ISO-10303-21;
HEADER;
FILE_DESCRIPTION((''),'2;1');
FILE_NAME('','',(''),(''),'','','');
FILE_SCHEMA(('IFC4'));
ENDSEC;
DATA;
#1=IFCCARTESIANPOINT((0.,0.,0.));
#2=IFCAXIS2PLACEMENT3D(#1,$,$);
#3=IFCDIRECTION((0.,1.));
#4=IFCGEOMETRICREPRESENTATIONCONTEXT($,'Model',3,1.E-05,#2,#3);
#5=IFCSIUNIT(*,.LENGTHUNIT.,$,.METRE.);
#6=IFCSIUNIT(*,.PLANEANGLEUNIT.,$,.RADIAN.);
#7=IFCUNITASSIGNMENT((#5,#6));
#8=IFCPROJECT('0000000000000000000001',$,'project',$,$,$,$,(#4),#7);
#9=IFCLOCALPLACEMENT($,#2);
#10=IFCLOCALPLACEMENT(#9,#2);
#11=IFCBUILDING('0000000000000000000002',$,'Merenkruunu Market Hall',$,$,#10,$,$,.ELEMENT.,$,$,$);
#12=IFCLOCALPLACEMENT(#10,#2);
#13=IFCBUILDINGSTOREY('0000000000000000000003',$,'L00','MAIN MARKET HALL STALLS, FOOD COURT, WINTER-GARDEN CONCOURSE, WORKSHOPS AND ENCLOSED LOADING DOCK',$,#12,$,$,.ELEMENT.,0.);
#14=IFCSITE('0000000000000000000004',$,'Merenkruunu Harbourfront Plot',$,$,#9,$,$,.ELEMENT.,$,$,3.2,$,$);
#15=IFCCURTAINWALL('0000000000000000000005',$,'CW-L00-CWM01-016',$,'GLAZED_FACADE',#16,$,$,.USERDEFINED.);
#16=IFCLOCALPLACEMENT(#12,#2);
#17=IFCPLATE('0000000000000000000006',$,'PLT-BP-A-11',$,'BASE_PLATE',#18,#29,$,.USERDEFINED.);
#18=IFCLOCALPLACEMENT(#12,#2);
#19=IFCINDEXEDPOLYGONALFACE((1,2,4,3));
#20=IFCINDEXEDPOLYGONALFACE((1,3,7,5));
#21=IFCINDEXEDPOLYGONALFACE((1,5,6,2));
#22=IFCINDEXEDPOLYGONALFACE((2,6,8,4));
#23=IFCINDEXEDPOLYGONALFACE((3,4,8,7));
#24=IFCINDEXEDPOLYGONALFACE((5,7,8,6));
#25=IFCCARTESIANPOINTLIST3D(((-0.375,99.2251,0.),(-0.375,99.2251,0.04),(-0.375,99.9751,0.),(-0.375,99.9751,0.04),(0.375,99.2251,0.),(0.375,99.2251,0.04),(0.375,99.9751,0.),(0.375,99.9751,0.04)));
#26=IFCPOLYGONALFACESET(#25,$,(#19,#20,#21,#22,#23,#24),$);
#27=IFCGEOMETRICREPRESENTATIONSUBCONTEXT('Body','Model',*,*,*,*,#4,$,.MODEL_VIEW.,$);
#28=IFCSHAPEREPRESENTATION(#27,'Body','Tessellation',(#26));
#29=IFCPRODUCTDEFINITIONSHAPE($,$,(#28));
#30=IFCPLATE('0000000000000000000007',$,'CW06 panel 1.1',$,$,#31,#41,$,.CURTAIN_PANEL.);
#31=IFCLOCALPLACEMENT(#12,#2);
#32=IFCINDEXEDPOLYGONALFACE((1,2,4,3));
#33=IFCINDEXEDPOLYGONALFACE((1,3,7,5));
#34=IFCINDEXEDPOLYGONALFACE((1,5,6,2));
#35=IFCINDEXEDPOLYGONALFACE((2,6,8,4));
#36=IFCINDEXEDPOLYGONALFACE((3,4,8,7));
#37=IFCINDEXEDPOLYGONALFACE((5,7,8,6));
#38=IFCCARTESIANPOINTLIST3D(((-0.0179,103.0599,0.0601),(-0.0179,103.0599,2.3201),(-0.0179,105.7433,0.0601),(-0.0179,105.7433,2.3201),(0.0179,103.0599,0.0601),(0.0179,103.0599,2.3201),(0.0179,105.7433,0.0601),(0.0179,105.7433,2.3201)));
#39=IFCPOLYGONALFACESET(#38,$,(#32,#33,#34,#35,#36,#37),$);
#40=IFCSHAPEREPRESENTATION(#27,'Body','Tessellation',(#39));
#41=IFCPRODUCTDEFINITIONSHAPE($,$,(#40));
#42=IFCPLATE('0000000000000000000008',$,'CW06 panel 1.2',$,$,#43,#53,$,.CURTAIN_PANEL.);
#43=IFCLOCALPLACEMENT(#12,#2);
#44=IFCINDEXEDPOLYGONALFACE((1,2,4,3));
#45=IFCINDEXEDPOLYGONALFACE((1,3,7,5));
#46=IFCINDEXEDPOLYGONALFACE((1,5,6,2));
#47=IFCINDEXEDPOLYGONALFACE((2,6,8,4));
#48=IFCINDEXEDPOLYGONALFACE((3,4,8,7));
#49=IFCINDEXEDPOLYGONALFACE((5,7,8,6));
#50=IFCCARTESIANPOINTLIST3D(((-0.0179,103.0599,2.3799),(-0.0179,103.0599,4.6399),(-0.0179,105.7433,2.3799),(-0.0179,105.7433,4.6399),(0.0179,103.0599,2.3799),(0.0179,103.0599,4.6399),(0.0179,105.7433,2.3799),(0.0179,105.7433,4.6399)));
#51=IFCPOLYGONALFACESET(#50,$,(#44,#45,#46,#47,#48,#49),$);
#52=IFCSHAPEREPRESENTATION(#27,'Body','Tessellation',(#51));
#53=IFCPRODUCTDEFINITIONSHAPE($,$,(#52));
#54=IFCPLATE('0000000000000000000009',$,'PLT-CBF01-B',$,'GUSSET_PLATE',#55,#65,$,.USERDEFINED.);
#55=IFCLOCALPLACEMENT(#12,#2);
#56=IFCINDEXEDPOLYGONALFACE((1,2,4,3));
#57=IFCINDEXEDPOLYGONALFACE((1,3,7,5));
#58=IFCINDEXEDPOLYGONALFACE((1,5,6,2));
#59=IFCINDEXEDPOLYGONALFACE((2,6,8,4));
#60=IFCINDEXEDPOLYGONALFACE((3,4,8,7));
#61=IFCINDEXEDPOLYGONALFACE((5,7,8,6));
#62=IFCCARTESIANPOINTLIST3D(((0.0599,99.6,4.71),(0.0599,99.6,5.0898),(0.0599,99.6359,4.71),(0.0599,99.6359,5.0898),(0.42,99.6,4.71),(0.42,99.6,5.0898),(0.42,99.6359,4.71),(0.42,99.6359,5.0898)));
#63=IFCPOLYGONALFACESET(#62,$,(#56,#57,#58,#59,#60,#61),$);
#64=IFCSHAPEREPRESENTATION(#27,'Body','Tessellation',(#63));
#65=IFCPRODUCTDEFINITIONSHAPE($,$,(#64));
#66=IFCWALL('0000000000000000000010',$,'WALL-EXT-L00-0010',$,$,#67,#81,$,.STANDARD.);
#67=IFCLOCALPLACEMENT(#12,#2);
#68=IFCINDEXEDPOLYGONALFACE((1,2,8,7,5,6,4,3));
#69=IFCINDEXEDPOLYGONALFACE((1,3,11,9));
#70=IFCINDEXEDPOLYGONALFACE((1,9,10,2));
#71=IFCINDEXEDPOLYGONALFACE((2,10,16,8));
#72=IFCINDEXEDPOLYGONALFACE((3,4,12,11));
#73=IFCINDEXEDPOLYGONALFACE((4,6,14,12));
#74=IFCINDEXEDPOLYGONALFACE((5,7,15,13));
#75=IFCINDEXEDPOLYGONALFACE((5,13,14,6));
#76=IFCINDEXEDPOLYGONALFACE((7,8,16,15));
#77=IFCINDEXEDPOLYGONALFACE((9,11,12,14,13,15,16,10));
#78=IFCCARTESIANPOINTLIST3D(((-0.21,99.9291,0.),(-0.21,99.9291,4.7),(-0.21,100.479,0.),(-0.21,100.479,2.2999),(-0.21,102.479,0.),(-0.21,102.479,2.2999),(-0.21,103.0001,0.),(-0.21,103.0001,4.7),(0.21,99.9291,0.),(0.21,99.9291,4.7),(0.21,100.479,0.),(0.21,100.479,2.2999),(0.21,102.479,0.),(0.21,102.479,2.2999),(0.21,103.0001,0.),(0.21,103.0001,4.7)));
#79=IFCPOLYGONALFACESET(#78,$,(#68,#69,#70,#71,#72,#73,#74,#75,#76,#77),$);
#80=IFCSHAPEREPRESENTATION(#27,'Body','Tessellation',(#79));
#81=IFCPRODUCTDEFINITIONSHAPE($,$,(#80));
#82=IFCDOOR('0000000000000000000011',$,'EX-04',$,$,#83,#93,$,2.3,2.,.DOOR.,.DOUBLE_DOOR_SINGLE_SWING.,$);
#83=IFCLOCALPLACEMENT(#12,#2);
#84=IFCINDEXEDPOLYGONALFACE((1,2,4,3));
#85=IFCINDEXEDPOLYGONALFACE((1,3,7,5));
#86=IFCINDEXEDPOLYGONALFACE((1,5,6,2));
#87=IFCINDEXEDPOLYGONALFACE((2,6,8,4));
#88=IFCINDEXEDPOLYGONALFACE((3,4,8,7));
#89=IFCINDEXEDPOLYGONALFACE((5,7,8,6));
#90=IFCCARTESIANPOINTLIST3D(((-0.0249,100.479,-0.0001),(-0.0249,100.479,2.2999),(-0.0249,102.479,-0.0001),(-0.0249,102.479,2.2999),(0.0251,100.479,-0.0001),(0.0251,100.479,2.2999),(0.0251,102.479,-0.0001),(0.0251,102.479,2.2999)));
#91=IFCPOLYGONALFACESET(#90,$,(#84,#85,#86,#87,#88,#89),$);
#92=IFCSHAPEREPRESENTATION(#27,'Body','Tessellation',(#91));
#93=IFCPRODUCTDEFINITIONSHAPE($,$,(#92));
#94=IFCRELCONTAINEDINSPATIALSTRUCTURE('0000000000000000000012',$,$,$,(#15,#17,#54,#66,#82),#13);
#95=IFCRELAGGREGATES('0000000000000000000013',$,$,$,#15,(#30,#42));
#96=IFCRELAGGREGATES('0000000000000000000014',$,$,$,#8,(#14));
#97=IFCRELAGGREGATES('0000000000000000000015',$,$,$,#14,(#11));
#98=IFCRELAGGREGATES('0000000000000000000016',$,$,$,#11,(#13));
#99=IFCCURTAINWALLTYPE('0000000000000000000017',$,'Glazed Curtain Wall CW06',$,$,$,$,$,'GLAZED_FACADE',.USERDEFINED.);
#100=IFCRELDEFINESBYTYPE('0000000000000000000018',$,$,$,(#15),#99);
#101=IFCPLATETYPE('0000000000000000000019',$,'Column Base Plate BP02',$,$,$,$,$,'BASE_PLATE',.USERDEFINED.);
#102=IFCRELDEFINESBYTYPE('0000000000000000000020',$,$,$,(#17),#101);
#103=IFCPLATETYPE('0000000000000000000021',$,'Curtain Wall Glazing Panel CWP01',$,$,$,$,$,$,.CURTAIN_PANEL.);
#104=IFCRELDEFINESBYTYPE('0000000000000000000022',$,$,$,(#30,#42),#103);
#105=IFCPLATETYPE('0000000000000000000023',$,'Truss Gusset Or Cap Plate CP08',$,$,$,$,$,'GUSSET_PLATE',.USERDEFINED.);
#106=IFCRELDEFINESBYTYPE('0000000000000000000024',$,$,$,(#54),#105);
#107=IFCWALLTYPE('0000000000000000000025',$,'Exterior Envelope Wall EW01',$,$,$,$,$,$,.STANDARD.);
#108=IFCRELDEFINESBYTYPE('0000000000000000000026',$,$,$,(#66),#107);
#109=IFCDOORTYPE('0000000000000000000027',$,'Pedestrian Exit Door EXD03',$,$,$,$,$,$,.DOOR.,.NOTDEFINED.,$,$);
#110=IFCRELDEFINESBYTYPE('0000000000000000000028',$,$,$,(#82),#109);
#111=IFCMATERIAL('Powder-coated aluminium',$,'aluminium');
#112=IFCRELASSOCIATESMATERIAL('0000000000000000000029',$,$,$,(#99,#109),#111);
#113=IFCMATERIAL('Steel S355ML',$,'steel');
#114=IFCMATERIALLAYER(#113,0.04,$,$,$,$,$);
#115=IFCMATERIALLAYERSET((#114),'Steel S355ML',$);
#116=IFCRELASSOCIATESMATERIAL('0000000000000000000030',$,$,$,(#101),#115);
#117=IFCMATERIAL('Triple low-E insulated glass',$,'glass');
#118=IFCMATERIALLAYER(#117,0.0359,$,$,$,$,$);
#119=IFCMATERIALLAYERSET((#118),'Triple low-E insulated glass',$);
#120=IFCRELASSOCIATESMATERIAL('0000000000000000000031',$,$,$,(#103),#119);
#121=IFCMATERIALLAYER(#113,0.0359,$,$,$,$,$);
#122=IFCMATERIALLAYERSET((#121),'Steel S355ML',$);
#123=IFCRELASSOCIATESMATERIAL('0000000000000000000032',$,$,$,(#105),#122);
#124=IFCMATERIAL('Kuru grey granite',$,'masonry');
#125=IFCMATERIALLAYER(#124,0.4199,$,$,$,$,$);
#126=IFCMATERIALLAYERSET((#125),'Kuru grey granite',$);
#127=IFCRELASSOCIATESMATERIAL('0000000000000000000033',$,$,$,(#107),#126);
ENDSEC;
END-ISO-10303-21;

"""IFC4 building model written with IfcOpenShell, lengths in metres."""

from ifc_helpers import new_model, si_unit, direction, frame, frame_2d, origin, origin_2d, place, context, subcontext, project, spatial, rectangle, extrude, material, layer, layer_set, type_object, element, fill, aggregate, save


model = new_model("IFC4")

# Units and contexts
model_context = context("Model", 3, precision=1e-05, world=origin(), true_north=direction((0.0, 1.0)))
body_context = subcontext(model_context, "Body", "Model", "MODEL_VIEW")
ifc_project = project(units=[si_unit("LENGTHUNIT", "METRE"), si_unit("PLANEANGLEUNIT", "RADIAN")], contexts=[model_context])

# Site, building, storey
site_placement = place(None, origin())
site = spatial("IfcSite", under=ifc_project, at=site_placement, Name="Merenkruunu Harbourfront Plot", CompositionType="ELEMENT", RefElevation=3.2)
building_placement = place(site_placement, origin())
building = spatial("IfcBuilding", under=site, at=building_placement, Name="Merenkruunu Market Hall", CompositionType="ELEMENT")
storey_placement = place(building_placement, origin())
storey = spatial("IfcBuildingStorey", under=building, at=storey_placement, Name="L00", Description="MAIN MARKET HALL STALLS, FOOD COURT, WINTER-GARDEN CONCOURSE, WORKSHOPS AND ENCLOSED LOADING DOCK", CompositionType="ELEMENT", Elevation=0.0)

# Shared definitions
ifc_material_1 = material(Name="Steel S355ML", Category="steel")

# Curtain wall
ifc_material_2 = material(Name="Powder-coated aluminium", Category="aluminium")
curtain_wall_type = type_object("IfcCurtainWallType", Name="Glazed Curtain Wall CW06", ElementType="GLAZED_FACADE", PredefinedType="USERDEFINED", material=ifc_material_2)
curtain_wall_placement = place(storey_placement, origin())
curtain_wall = element("IfcCurtainWall", 1, at=curtain_wall_placement, inside=storey, type_object=curtain_wall_type, Name="CW-L00-CWM01-016", ObjectType="GLAZED_FACADE", PredefinedType="USERDEFINED")

# Plates
ifc_layer_1 = layer(ifc_material_1, 0.04)
ifc_layer_set_1 = layer_set([ifc_layer_1], Name="Steel S355ML")
plate_type_1 = type_object("IfcPlateType", Name="Column Base Plate BP02", ElementType="BASE_PLATE", PredefinedType="USERDEFINED", material=ifc_layer_set_1)
plate_1_placement = place(storey_placement, frame((0.0, 99.6001, 0.0), z_axis=(0.0, 0.0, 1.0), x_axis=(1.0, 0.0, 0.0)))
element("IfcPlate", 2, at=plate_1_placement, inside=storey, type_object=plate_type_1, Name="PLT-BP-A-11", ObjectType="BASE_PLATE", PredefinedType="USERDEFINED", context=body_context, shape_type="SweptSolid", body=[
    extrude(rectangle(XDim=0.75, YDim=0.75, at=origin_2d()), origin(), (0.0, 0.0, 1.0), 0.04),
])
ifc_material_3 = material(Name="Triple low-E insulated glass", Category="glass")
ifc_layer_2 = layer(ifc_material_3, 0.0359)
ifc_layer_set_2 = layer_set([ifc_layer_2], Name="Triple low-E insulated glass")
plate_type_2 = type_object("IfcPlateType", Name="Curtain Wall Glazing Panel CWP01", PredefinedType="CURTAIN_PANEL", material=ifc_layer_set_2)
plate_2_placement = place(storey_placement, frame((0.0, 104.4016, 0.0601), z_axis=(0.0, 0.0, 1.0), x_axis=(0.0, 1.0, 0.0)))
plate_2 = element("IfcPlate", 3, at=plate_2_placement, type_object=plate_type_2, Name="CW06 panel 1.1", PredefinedType="CURTAIN_PANEL", context=body_context, shape_type="SweptSolid", body=[
    extrude(rectangle(XDim=2.6833, YDim=0.0359, at=origin_2d()), origin(), (0.0, 0.0, 1.0), 2.26),
])
plate_3_placement = place(storey_placement, frame((0.0, 104.4016, 2.3799), z_axis=(0.0, 0.0, 1.0), x_axis=(0.0, 1.0, 0.0)))
plate_3 = element("IfcPlate", 4, at=plate_3_placement, type_object=plate_type_2, Name="CW06 panel 1.2", PredefinedType="CURTAIN_PANEL", context=body_context, shape_type="SweptSolid", body=[
    extrude(rectangle(XDim=2.6833, YDim=0.0359, at=origin_2d()), origin(), (0.0, 0.0, 1.0), 2.26),
])
aggregate(curtain_wall, [plate_2, plate_3])
ifc_layer_3 = layer(ifc_material_1, 0.0359)
ifc_layer_set_3 = layer_set([ifc_layer_3], Name="Steel S355ML")
plate_type_3 = type_object("IfcPlateType", Name="Truss Gusset Or Cap Plate CP08", ElementType="GUSSET_PLATE", PredefinedType="USERDEFINED", material=ifc_layer_set_3)
plate_4_placement = place(storey_placement, frame((0.24, 99.6179, 4.71), z_axis=(0.0, 0.0, 1.0), x_axis=(1.0, 0.0, 0.0)))
element("IfcPlate", 5, at=plate_4_placement, inside=storey, type_object=plate_type_3, Name="PLT-CBF01-B", ObjectType="GUSSET_PLATE", PredefinedType="USERDEFINED", context=body_context, shape_type="SweptSolid", body=[
    extrude(rectangle(XDim=0.3601, YDim=0.0359, at=origin_2d()), origin(), (0.0, 0.0, 1.0), 0.3799),
])

# Wall, opening, door
ifc_material_4 = material(Name="Kuru grey granite", Category="masonry")
ifc_layer_4 = layer(ifc_material_4, 0.4199)
ifc_layer_set_4 = layer_set([ifc_layer_4], Name="Kuru grey granite")
wall_type_1 = type_object("IfcWallType", Name="Exterior Envelope Wall EW01", PredefinedType="STANDARD", material=ifc_layer_set_4)
wall_1_placement = place(storey_placement, frame((0.0, 99.929, 0.0), z_axis=(0.0, 0.0, 1.0), x_axis=(0.0, 1.0, 0.0)))
wall_1 = element("IfcWall", 6, at=wall_1_placement, inside=storey, type_object=wall_type_1, Name="WALL-EXT-L00-0010", PredefinedType="STANDARD", context=body_context, shape_type="SweptSolid", body=[
    extrude(rectangle(XDim=3.071, YDim=0.4199, at=frame_2d((1.5356, 0.0))), origin(), (0.0, 0.0, 1.0), 4.7),
])
opening_1_placement = place(wall_1_placement, frame((0.55, 0.0, 0.0)))
opening_1 = element("IfcOpeningElement", 7, at=opening_1_placement, cuts=wall_1, PredefinedType="OPENING", context=body_context, shape_type="SweptSolid", body=[
    extrude(rectangle(XDim=2.0, YDim=2.3, at=frame_2d((1.0, 1.1499))), frame((0.0, 0.22, 0.0), z_axis=(0.0, -1.0, 0.0), x_axis=(1.0, 0.0, 0.0)), (0.0, 0.0, 1.0), 0.4399),
])
door_type_1 = type_object("IfcDoorType", Name="Pedestrian Exit Door EXD03", OperationType="NOTDEFINED", PredefinedType="DOOR", material=ifc_material_2)
door_1_placement = place(opening_1_placement, origin())
door_1 = element("IfcDoor", 8, at=door_1_placement, inside=storey, type_object=door_type_1, Name="EX-04", OperationType="DOUBLE_DOOR_SINGLE_SWING", OverallHeight=2.3, OverallWidth=2.0, PredefinedType="DOOR", context=body_context, shape_type="SweptSolid", body=[
    extrude(rectangle(XDim=2.0, YDim=2.3, at=frame_2d((1.0, 1.1499))), frame((0.0, 0.0249, 0.0), z_axis=(0.0, -1.0, 0.0), x_axis=(1.0, 0.0, 0.0)), (0.0, 0.0, 1.0), 0.05),
])
fill(opening_1, door_1)

save(model, "model.ifc")
